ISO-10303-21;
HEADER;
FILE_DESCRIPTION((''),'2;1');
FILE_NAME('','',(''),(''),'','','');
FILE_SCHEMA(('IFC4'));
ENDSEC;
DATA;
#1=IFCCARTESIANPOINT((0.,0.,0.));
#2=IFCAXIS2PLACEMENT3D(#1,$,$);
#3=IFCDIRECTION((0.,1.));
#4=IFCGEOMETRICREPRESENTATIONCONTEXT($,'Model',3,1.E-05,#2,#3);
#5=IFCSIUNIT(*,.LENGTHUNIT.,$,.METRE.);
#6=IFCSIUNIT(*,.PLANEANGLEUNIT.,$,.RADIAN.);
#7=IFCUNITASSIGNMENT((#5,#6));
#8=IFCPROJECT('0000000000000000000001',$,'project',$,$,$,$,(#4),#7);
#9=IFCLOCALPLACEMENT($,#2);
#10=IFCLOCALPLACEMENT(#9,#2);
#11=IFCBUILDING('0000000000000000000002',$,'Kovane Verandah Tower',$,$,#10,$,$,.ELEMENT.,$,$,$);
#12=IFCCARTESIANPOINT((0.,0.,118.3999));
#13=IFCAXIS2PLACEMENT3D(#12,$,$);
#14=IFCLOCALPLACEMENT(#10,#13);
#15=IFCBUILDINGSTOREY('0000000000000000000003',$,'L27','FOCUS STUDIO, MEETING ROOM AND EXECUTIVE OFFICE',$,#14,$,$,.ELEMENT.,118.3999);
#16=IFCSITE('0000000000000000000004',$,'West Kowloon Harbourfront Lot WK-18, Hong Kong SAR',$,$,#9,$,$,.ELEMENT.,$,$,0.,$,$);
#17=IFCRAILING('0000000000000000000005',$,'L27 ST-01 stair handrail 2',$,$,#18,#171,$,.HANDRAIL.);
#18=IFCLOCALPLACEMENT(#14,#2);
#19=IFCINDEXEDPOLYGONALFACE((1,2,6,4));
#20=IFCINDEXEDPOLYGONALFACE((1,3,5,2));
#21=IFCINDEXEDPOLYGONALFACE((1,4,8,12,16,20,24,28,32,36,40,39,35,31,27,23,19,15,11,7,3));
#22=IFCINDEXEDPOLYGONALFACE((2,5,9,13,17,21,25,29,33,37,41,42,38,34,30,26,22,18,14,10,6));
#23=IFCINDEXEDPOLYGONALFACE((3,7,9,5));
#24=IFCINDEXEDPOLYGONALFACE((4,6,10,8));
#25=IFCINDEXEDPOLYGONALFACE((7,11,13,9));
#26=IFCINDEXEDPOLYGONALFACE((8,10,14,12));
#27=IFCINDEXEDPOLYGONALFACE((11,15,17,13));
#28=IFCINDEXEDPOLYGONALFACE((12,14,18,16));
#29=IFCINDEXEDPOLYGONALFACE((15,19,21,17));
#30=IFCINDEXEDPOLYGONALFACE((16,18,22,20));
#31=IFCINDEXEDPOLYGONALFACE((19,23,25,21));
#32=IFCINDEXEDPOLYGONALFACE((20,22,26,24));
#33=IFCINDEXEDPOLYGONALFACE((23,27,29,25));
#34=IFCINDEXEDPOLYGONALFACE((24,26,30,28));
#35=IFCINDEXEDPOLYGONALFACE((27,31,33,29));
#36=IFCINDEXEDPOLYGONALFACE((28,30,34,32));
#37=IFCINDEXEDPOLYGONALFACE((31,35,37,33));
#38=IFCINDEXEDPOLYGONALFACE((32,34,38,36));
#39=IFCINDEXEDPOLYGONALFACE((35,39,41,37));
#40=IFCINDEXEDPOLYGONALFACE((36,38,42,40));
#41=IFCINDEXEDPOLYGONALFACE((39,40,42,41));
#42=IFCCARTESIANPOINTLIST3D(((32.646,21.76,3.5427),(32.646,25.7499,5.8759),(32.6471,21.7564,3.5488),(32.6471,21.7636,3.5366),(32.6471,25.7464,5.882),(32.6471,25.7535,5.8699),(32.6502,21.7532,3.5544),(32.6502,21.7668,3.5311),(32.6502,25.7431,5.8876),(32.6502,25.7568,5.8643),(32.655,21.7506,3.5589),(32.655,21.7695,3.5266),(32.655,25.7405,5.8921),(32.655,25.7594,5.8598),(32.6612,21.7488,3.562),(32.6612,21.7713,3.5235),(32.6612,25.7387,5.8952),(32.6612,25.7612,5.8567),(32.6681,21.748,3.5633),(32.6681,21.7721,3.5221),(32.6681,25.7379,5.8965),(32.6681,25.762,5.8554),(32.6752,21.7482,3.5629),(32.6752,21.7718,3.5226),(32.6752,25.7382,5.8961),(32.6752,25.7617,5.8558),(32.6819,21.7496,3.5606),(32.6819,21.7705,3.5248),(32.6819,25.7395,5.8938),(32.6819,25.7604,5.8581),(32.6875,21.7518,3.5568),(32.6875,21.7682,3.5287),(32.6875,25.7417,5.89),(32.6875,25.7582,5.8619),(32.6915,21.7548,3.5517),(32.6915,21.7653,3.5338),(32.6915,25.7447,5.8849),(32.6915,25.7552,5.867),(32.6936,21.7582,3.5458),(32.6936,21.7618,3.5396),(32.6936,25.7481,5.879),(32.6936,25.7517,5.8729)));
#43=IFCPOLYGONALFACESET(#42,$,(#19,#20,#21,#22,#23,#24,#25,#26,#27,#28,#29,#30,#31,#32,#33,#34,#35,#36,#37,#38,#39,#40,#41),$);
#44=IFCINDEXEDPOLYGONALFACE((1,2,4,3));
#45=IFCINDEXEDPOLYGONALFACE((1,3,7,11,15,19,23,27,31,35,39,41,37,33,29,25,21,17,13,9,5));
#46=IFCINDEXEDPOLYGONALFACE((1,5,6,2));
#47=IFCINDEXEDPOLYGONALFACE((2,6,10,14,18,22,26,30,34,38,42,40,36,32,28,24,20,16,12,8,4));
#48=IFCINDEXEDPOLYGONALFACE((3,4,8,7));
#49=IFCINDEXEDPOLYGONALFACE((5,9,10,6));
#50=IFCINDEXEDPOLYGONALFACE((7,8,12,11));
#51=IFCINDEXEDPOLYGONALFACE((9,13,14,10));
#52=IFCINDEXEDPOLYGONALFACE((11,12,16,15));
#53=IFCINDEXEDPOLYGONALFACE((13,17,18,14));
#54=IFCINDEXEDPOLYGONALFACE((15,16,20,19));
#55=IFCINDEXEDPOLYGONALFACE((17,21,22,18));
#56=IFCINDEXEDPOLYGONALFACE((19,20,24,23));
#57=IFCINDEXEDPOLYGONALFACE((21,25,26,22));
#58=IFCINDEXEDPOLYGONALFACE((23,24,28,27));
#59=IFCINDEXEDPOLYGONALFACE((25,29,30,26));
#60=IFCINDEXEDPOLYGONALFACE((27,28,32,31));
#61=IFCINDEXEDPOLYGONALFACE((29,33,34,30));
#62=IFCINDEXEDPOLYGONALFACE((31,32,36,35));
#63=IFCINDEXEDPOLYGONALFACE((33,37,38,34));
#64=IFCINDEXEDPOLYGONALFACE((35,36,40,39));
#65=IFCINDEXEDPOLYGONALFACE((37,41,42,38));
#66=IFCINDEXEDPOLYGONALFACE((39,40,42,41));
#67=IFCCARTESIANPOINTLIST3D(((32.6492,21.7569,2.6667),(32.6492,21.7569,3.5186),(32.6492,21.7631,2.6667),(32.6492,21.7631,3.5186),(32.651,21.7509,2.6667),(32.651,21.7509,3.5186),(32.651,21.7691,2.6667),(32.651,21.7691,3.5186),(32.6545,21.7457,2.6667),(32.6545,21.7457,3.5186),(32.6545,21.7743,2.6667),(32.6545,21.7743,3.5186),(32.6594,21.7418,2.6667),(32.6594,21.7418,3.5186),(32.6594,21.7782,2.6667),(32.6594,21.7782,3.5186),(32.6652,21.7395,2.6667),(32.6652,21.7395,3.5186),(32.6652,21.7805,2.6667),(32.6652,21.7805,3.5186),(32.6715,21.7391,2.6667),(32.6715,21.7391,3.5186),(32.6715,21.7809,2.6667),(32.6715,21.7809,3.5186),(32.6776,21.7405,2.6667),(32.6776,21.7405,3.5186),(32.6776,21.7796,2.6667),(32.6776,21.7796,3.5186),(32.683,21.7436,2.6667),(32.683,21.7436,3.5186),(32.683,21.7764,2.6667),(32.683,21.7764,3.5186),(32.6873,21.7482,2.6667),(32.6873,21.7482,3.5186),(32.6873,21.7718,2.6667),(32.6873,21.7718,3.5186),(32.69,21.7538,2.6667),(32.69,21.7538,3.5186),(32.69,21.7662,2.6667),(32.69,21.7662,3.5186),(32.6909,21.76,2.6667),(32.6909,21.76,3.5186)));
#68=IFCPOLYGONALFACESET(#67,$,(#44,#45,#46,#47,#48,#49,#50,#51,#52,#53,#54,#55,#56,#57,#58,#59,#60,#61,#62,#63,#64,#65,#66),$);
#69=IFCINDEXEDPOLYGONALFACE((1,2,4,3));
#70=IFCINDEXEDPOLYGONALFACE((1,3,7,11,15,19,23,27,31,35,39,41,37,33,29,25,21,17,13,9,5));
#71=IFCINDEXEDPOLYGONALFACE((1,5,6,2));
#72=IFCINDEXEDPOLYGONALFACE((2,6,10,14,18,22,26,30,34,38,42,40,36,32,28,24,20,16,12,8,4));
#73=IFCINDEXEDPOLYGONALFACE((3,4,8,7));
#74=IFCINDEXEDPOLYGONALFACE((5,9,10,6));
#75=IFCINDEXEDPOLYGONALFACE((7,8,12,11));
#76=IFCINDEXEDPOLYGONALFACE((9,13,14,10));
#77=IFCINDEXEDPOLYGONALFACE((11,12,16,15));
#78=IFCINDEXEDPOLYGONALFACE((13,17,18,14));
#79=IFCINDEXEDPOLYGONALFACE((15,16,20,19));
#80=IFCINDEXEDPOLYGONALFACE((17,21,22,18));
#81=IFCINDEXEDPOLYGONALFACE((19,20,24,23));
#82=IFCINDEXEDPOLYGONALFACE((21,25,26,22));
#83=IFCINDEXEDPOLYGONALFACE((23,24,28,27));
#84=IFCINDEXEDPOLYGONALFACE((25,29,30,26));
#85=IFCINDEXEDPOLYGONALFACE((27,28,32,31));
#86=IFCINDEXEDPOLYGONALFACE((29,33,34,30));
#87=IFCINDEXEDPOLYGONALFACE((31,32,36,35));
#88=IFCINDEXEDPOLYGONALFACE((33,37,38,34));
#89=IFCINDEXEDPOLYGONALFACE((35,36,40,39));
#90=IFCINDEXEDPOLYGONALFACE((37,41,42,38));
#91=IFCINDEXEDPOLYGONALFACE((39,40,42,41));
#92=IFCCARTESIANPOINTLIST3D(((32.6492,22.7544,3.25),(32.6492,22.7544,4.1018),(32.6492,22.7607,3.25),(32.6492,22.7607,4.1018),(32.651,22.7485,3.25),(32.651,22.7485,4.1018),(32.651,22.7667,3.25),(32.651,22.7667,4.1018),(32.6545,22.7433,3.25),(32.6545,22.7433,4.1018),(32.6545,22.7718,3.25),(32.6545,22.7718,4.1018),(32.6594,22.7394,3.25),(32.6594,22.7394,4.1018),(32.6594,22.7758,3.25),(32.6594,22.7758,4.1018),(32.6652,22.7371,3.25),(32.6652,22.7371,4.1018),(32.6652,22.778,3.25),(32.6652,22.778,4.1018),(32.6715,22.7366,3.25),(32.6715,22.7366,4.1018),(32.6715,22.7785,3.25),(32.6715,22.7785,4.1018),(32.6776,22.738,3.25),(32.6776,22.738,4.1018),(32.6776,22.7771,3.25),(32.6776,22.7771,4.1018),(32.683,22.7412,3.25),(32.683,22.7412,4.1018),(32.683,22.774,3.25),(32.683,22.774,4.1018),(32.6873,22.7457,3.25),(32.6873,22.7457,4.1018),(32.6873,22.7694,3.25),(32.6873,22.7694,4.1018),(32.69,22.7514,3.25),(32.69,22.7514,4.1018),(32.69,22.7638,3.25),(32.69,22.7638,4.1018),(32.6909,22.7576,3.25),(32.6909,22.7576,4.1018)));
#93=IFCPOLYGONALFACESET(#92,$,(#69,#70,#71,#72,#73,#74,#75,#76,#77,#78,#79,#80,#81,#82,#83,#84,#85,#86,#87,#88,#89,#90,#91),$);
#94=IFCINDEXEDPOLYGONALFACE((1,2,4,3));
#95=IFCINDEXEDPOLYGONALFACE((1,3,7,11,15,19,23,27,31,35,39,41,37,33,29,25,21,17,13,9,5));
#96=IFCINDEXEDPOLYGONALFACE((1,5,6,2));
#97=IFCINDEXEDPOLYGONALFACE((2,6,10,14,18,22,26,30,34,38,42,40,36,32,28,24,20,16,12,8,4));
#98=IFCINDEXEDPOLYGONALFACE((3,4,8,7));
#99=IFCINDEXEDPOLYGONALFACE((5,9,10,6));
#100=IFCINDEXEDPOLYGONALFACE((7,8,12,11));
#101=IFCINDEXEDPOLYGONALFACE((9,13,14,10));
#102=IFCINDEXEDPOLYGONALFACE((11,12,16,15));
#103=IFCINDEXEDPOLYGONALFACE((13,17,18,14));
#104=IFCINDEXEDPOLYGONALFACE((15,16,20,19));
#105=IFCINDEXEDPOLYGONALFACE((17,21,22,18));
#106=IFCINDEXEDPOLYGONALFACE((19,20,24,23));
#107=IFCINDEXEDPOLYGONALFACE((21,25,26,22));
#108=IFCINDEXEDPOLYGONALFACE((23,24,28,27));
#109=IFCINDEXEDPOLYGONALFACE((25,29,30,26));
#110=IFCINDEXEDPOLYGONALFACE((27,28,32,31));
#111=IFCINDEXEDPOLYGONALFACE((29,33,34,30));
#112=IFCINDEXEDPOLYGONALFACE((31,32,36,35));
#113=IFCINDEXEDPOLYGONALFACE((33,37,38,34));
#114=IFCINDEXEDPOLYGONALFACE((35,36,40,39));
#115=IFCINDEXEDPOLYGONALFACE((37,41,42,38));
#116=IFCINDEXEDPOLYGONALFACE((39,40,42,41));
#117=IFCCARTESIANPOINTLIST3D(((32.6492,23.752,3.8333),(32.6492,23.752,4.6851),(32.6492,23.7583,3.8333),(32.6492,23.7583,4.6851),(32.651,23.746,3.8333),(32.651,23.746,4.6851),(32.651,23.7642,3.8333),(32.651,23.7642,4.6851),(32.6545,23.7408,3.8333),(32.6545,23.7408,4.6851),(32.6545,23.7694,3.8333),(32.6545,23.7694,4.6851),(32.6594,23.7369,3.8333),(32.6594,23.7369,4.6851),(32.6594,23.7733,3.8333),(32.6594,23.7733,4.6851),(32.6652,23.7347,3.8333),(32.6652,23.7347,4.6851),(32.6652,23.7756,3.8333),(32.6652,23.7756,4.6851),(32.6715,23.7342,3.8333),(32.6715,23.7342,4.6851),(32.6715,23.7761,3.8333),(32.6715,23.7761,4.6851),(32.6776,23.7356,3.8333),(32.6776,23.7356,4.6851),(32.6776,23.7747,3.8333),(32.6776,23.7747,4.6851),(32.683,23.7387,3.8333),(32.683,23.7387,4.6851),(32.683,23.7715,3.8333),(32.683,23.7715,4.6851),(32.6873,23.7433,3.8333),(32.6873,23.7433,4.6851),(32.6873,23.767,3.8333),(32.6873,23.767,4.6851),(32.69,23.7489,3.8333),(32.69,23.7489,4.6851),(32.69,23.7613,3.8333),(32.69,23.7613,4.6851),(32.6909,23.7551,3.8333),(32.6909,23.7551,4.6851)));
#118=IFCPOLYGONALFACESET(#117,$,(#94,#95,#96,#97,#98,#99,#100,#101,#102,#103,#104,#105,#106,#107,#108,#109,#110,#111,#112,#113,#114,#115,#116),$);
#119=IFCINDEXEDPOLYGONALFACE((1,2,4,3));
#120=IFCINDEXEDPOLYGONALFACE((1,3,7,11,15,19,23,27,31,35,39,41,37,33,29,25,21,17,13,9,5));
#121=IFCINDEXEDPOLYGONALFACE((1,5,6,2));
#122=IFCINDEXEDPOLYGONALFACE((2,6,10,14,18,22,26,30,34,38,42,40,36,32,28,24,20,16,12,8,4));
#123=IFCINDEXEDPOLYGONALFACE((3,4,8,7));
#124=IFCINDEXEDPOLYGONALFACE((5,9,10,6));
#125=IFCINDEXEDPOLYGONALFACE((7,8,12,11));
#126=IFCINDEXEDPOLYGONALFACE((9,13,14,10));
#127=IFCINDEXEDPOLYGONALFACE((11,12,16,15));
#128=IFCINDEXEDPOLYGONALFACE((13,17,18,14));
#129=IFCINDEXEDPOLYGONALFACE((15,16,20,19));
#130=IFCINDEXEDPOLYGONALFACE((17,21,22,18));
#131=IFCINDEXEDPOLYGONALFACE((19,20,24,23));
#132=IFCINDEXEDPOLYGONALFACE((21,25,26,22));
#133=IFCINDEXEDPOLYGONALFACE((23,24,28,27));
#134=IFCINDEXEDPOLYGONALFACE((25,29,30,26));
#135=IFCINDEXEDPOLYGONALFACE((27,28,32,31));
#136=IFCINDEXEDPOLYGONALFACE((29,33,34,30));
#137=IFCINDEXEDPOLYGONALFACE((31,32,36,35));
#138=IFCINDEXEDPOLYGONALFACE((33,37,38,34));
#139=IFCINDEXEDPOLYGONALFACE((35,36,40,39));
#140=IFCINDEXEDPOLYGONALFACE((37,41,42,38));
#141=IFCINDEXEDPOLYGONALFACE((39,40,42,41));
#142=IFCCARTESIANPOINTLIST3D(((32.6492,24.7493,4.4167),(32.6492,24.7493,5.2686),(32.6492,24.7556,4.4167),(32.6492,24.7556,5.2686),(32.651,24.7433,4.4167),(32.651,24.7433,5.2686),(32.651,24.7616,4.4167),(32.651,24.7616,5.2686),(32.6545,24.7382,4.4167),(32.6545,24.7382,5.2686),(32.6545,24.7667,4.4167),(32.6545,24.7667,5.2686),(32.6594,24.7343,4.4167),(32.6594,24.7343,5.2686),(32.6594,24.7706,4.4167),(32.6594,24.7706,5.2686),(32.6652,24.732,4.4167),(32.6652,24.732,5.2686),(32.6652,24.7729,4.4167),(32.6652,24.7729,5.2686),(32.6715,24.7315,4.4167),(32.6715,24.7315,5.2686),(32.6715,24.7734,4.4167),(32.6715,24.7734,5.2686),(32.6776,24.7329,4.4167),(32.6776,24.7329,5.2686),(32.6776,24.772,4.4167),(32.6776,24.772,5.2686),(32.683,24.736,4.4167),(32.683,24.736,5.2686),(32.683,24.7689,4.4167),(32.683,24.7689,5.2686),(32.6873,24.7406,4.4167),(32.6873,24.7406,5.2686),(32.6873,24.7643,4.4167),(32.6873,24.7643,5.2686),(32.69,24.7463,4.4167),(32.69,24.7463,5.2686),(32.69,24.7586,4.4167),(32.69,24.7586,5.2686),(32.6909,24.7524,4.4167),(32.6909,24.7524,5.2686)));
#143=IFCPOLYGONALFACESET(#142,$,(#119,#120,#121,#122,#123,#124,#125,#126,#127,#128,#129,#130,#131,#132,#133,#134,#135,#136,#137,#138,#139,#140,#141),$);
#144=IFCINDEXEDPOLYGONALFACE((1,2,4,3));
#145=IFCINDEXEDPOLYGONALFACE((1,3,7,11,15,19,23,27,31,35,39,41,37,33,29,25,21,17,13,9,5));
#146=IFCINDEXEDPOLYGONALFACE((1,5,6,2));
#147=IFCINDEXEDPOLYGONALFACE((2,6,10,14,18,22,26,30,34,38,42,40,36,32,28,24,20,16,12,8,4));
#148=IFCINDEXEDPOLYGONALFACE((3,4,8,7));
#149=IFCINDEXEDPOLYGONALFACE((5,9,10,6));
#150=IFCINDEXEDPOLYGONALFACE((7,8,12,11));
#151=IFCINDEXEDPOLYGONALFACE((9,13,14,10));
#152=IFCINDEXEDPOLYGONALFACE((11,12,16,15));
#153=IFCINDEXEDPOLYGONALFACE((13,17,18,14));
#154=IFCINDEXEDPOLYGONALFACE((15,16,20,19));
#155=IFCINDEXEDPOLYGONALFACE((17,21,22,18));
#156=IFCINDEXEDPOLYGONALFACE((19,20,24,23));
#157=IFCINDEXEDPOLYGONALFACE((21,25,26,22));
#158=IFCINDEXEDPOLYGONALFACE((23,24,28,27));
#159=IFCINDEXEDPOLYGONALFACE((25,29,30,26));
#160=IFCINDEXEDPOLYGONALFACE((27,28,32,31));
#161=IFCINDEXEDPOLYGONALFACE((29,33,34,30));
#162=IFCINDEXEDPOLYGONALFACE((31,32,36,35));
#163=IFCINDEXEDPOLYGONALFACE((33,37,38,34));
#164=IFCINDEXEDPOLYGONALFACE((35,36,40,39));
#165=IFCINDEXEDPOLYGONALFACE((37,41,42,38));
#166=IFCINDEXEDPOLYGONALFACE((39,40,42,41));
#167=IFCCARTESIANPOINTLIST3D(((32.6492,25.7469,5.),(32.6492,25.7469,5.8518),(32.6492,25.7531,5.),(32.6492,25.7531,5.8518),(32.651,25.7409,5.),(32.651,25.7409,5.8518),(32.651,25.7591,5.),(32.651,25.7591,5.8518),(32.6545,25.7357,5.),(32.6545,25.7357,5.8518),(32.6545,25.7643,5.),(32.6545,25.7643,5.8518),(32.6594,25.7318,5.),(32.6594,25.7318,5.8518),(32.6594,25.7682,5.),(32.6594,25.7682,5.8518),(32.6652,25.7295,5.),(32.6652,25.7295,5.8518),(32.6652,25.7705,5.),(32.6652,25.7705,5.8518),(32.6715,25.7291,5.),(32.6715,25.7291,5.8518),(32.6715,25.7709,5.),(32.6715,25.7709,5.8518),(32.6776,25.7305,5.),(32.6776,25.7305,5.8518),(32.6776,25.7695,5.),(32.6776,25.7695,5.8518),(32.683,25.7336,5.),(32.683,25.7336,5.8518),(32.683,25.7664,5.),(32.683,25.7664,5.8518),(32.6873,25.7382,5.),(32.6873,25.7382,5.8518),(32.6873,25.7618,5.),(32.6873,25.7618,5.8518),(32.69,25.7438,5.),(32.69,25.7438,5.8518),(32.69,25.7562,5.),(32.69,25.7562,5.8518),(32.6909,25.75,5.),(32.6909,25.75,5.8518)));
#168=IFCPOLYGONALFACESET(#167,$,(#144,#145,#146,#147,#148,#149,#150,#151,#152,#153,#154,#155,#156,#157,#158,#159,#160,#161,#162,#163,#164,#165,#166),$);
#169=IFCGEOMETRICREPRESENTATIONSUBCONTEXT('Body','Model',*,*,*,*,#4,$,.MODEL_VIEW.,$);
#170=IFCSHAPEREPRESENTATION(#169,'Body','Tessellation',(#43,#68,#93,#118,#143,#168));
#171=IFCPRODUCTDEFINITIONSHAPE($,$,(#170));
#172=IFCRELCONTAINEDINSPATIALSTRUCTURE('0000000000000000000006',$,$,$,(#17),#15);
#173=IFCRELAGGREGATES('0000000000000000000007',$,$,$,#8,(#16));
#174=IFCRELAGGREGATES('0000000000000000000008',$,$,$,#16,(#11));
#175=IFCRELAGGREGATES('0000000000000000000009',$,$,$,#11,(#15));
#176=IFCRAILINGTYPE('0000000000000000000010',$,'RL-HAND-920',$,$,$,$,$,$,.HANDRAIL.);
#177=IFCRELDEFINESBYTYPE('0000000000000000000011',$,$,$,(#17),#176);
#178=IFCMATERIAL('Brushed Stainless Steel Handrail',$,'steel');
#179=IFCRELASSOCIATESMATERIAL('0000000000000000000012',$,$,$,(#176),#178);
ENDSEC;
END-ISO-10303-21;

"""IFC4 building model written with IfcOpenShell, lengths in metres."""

from ifc_helpers import new_model, si_unit, direction, frame, origin, origin_2d, place, context, subcontext, project, spatial, circle, extrude, material, type_object, element, save


model = new_model("IFC4")

# Units and contexts
model_context = context("Model", 3, precision=1e-05, world=origin(), true_north=direction((0.0, 1.0)))
body_context = subcontext(model_context, "Body", "Model", "MODEL_VIEW")
ifc_project = project(units=[si_unit("LENGTHUNIT", "METRE"), si_unit("PLANEANGLEUNIT", "RADIAN")], contexts=[model_context])

# Site, building, storey
site_placement = place(None, origin())
site = spatial("IfcSite", under=ifc_project, at=site_placement, Name="West Kowloon Harbourfront Lot WK-18, Hong Kong SAR", CompositionType="ELEMENT", RefElevation=0.0)
building_placement = place(site_placement, origin())
building = spatial("IfcBuilding", under=site, at=building_placement, Name="Kovane Verandah Tower", CompositionType="ELEMENT")
storey_placement = place(building_placement, frame((0.0, 0.0, 118.3999)))
storey = spatial("IfcBuildingStorey", under=building, at=storey_placement, Name="L27", Description="FOCUS STUDIO, MEETING ROOM AND EXECUTIVE OFFICE", CompositionType="ELEMENT", Elevation=118.3999)

# Railing
ifc_material_1 = material(Name="Brushed Stainless Steel Handrail", Category="steel")
railing_type_1 = type_object("IfcRailingType", Name="RL-HAND-920", PredefinedType="HANDRAIL", material=ifc_material_1)
railing_1_placement = place(storey_placement, frame((32.6699, 21.76, 2.6667)))
element("IfcRailing", 1, at=railing_1_placement, inside=storey, type_object=railing_type_1, Name="L27 ST-01 stair handrail 2", PredefinedType="HANDRAIL", context=body_context, shape_type="SweptSolid", body=[
    extrude(circle(Radius=0.0239, at=origin_2d()), frame((0.0, 0.0, 0.876), z_axis=(0.0, 0.863236, 0.5048), x_axis=(-1.0, 0.0, 0.0)), (0.0, 0.0, 1.0), 4.6221),
    extrude(circle(Radius=0.021, at=origin_2d()), origin(), (0.0, 0.0, 1.0), 0.8518),
    extrude(circle(Radius=0.021, at=origin_2d()), frame((0.0, 0.9976, 0.5833)), (0.0, 0.0, 1.0), 0.8518),
    extrude(circle(Radius=0.021, at=origin_2d()), frame((0.0, 1.9951, 1.1665)), (0.0, 0.0, 1.0), 0.8518),
    extrude(circle(Radius=0.021, at=origin_2d()), frame((0.0, 2.9924, 1.75)), (0.0, 0.0, 1.0), 0.8518),
    extrude(circle(Radius=0.021, at=origin_2d()), frame((0.0, 3.99, 2.3333)), (0.0, 0.0, 1.0), 0.8518),
])

save(model, "model.ifc")
